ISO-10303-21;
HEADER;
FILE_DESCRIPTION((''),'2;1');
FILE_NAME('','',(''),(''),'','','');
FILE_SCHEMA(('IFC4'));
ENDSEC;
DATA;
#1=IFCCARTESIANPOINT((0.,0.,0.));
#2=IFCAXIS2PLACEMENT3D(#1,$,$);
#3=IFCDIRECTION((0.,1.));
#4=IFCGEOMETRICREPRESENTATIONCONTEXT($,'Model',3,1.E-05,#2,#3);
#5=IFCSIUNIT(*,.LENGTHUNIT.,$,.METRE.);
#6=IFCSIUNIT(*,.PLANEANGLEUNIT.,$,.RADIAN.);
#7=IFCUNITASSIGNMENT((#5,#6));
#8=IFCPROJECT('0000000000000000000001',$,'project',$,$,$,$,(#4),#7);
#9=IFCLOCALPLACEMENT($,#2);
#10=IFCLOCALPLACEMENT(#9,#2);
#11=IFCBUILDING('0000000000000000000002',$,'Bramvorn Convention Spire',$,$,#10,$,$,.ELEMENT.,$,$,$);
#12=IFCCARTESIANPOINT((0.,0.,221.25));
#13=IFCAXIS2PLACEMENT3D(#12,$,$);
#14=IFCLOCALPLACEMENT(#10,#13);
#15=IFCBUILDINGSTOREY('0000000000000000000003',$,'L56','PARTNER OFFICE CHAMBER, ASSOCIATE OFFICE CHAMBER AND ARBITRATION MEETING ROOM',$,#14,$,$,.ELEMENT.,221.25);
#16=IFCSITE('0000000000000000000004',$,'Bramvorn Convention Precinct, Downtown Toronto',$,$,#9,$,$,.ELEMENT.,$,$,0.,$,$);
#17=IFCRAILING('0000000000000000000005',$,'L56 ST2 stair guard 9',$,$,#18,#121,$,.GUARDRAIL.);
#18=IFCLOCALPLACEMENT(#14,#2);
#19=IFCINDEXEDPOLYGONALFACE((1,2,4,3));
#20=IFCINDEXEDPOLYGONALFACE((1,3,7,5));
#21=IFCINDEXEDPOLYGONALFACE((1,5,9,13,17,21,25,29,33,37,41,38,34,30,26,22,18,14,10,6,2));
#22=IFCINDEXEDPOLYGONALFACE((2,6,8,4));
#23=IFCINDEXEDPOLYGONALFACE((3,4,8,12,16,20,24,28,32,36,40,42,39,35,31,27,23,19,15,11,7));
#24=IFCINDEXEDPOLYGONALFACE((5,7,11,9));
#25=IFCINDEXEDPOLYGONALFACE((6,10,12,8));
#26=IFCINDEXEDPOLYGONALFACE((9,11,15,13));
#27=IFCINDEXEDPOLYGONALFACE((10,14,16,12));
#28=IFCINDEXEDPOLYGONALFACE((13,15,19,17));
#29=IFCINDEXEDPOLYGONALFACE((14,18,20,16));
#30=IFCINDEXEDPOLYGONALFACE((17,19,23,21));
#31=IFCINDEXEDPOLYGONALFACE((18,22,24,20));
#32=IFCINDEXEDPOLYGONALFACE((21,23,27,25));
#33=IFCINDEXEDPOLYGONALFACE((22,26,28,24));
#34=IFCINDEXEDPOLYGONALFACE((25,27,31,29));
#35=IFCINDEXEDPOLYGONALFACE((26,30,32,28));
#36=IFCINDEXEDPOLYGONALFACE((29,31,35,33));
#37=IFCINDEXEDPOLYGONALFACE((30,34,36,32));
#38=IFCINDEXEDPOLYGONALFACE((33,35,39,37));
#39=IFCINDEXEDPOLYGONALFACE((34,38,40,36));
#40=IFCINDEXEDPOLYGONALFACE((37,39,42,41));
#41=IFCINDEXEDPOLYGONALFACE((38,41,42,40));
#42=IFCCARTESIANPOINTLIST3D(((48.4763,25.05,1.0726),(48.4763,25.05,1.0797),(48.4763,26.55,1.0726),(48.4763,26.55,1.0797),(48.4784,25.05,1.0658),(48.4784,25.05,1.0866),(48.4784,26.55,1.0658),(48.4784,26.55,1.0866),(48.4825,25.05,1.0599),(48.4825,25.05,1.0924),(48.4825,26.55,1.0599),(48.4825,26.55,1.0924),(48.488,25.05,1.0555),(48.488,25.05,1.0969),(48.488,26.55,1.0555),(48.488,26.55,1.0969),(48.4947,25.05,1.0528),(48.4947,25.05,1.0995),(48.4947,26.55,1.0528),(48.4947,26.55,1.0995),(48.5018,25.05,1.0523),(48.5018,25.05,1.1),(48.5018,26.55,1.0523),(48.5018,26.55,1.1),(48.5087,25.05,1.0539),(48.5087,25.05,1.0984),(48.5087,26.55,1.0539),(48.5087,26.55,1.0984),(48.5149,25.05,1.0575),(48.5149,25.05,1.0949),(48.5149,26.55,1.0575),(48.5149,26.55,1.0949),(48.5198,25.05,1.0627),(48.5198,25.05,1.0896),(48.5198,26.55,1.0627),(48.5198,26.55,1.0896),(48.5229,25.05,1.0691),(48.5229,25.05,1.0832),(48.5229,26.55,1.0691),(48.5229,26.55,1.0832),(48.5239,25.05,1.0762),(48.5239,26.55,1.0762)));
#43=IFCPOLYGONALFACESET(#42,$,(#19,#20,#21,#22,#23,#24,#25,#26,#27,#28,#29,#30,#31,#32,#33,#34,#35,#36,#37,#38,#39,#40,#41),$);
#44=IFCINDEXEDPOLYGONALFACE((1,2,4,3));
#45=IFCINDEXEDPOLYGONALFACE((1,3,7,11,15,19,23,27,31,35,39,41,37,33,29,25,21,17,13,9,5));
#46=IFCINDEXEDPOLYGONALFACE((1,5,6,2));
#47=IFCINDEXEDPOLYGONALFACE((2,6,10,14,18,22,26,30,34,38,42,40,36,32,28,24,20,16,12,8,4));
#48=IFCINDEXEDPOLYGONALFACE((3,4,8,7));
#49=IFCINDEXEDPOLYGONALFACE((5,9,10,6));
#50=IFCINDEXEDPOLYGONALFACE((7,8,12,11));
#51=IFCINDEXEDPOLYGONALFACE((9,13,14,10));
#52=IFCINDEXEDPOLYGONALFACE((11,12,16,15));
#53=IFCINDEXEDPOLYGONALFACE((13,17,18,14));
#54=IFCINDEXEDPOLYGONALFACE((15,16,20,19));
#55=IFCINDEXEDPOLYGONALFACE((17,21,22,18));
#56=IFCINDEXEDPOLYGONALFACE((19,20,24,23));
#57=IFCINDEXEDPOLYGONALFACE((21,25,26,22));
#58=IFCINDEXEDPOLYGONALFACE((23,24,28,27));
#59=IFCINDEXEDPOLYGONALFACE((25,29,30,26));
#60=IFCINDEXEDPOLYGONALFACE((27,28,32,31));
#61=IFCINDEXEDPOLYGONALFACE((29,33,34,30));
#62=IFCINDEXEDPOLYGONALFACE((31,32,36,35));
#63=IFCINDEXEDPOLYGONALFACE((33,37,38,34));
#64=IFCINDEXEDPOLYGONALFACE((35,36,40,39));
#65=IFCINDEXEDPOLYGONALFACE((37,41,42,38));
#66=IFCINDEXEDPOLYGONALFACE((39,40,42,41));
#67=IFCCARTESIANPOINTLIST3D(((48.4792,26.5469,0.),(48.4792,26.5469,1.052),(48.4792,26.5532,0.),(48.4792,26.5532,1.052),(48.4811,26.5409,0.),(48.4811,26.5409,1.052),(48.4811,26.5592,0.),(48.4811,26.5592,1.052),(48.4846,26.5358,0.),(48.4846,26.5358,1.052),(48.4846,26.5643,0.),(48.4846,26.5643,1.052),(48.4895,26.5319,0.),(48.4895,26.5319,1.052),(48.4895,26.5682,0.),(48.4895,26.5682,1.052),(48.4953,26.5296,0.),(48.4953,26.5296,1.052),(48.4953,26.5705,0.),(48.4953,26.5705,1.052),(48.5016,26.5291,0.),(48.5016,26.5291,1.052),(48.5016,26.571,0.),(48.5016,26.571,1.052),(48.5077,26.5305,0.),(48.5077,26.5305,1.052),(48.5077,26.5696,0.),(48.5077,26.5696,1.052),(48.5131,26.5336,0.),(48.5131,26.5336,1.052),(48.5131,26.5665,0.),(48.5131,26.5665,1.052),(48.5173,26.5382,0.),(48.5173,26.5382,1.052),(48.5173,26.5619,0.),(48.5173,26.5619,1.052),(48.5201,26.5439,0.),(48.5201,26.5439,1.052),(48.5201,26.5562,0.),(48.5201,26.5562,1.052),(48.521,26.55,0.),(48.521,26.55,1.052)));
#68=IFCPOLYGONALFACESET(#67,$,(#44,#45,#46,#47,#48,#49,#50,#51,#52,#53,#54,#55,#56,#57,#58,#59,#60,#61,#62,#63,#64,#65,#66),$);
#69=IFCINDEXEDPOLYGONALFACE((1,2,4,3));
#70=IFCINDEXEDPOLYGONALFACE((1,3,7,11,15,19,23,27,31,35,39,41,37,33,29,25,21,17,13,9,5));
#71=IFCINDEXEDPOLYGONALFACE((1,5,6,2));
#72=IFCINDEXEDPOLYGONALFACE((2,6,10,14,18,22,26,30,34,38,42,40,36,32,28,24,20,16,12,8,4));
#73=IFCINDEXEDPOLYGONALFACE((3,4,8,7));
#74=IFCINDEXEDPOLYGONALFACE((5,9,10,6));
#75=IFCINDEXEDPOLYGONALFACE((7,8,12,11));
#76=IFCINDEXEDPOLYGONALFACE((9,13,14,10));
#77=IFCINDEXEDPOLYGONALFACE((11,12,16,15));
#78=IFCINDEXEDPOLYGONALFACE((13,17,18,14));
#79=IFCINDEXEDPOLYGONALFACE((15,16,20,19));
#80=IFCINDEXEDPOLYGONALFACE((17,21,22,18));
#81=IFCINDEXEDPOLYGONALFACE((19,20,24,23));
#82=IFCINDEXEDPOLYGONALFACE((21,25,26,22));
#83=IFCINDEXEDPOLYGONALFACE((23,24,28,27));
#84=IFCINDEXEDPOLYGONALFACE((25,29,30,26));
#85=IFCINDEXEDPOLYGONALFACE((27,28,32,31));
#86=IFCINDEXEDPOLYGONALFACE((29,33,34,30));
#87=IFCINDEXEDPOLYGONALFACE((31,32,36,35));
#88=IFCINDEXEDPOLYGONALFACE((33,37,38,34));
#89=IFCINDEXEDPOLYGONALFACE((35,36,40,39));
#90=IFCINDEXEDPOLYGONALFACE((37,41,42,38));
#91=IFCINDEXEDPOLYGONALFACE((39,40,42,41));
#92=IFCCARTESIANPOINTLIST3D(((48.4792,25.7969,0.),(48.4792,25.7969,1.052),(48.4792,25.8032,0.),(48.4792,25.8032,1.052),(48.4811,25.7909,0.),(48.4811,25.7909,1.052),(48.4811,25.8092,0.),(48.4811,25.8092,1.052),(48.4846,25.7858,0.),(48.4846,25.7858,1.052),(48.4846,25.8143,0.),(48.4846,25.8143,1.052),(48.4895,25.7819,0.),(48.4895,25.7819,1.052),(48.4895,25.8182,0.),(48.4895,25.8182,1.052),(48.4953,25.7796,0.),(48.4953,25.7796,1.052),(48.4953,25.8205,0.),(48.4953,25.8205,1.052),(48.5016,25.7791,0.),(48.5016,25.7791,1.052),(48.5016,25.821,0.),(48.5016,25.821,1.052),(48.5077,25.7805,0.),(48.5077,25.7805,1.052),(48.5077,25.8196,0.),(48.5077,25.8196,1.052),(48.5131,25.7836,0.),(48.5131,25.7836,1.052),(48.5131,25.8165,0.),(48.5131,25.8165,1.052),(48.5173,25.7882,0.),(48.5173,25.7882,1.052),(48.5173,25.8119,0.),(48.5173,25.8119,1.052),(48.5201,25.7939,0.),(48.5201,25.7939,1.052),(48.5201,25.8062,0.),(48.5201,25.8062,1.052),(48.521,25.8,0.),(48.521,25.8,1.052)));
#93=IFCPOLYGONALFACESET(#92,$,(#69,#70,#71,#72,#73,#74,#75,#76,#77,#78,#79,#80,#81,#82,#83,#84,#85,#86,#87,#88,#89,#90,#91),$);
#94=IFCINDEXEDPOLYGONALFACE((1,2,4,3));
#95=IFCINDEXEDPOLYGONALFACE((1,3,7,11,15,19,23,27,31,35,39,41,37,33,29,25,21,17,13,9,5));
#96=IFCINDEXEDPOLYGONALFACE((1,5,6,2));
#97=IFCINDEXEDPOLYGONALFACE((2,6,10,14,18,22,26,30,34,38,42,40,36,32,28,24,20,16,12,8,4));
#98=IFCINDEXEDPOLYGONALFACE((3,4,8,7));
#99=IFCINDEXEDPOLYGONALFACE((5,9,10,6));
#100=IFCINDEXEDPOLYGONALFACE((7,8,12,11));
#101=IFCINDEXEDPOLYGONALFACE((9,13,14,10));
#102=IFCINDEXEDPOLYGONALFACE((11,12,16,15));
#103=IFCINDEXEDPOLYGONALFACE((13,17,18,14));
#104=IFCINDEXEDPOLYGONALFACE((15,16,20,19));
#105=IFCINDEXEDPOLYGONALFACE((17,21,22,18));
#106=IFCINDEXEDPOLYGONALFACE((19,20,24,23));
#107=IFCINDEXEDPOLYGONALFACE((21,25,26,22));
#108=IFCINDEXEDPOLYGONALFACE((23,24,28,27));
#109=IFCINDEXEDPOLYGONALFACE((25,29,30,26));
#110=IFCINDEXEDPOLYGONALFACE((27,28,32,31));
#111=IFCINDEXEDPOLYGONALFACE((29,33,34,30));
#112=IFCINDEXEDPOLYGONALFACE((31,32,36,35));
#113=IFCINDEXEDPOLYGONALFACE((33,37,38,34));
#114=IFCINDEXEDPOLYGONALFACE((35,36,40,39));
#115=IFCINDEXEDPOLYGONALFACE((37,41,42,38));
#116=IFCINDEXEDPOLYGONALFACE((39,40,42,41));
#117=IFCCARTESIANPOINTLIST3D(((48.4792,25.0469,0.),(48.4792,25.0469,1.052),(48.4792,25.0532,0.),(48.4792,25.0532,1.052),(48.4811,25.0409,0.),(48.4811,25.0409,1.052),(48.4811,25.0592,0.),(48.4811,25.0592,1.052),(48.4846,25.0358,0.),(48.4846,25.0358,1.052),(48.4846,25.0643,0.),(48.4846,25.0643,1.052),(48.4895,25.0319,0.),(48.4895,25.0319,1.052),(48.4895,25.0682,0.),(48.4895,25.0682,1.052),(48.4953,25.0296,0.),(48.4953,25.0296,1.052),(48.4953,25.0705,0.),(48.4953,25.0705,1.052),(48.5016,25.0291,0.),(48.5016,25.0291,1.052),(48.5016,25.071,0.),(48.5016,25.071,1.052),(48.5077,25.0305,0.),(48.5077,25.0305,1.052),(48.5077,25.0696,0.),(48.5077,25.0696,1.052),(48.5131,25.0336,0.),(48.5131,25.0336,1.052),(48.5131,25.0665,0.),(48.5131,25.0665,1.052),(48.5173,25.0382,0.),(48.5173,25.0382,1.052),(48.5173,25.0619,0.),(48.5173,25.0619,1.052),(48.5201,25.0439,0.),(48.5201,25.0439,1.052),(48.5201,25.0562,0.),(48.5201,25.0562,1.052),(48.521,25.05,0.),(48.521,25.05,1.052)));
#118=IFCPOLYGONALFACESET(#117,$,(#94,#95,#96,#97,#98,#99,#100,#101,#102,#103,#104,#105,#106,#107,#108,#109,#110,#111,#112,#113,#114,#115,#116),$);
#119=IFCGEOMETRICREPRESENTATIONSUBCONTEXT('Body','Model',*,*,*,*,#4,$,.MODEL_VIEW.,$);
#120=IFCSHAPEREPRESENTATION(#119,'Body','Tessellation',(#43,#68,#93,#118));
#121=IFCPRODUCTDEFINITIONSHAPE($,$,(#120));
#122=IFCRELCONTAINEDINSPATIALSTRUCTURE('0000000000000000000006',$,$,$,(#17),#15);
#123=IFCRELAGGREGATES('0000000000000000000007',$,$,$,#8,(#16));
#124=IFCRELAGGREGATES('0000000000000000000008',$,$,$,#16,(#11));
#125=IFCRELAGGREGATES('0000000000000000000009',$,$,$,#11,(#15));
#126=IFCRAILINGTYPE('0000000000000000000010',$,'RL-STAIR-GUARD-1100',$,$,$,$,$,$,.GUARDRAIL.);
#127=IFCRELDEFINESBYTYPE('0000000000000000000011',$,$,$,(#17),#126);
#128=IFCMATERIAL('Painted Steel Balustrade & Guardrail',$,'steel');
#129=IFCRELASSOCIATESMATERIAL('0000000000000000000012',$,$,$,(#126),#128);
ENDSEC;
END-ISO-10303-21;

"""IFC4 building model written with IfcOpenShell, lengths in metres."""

from ifc_helpers import new_model, si_unit, direction, frame, origin, origin_2d, place, context, subcontext, project, spatial, circle, extrude, material, type_object, element, save


model = new_model("IFC4")

# Units and contexts
model_context = context("Model", 3, precision=1e-05, world=origin(), true_north=direction((0.0, 1.0)))
body_context = subcontext(model_context, "Body", "Model", "MODEL_VIEW")
ifc_project = project(units=[si_unit("LENGTHUNIT", "METRE"), si_unit("PLANEANGLEUNIT", "RADIAN")], contexts=[model_context])

# Site, building, storey
site_placement = place(None, origin())
site = spatial("IfcSite", under=ifc_project, at=site_placement, Name="Bramvorn Convention Precinct, Downtown Toronto", CompositionType="ELEMENT", RefElevation=0.0)
building_placement = place(site_placement, origin())
building = spatial("IfcBuilding", under=site, at=building_placement, Name="Bramvorn Convention Spire", CompositionType="ELEMENT")
storey_placement = place(building_placement, frame((0.0, 0.0, 221.25)))
storey = spatial("IfcBuildingStorey", under=building, at=storey_placement, Name="L56", Description="PARTNER OFFICE CHAMBER, ASSOCIATE OFFICE CHAMBER AND ARBITRATION MEETING ROOM", CompositionType="ELEMENT", Elevation=221.25)

# Railing
ifc_material_1 = material(Name="Painted Steel Balustrade & Guardrail", Category="steel")
railing_type_1 = type_object("IfcRailingType", Name="RL-STAIR-GUARD-1100", PredefinedType="GUARDRAIL", material=ifc_material_1)
for number, where, name in (
    (1, (48.5, 26.55, 0.0), "L56 ST2 stair guard 9"),
):
    element("IfcRailing", number, at=place(storey_placement, frame(where)), inside=storey, type_object=railing_type_1, Name=name, PredefinedType="GUARDRAIL", context=body_context, shape_type="SweptSolid", body=[
        extrude(circle(Radius=0.0239, at=origin_2d()), frame((0.0, 0.0, 1.0762), z_axis=(0.0, -1.0, 0.0), x_axis=(1.0, 0.0, 0.0)), (0.0, 0.0, 1.0), 1.5),
        extrude(circle(Radius=0.021, at=origin_2d()), origin(), (0.0, 0.0, 1.0), 1.052),
        extrude(circle(Radius=0.021, at=origin_2d()), frame((0.0, -0.75, 0.0)), (0.0, 0.0, 1.0), 1.052),
        extrude(circle(Radius=0.021, at=origin_2d()), frame((0.0, -1.5, 0.0)), (0.0, 0.0, 1.0), 1.052),
    ])

save(model, "model.ifc")
